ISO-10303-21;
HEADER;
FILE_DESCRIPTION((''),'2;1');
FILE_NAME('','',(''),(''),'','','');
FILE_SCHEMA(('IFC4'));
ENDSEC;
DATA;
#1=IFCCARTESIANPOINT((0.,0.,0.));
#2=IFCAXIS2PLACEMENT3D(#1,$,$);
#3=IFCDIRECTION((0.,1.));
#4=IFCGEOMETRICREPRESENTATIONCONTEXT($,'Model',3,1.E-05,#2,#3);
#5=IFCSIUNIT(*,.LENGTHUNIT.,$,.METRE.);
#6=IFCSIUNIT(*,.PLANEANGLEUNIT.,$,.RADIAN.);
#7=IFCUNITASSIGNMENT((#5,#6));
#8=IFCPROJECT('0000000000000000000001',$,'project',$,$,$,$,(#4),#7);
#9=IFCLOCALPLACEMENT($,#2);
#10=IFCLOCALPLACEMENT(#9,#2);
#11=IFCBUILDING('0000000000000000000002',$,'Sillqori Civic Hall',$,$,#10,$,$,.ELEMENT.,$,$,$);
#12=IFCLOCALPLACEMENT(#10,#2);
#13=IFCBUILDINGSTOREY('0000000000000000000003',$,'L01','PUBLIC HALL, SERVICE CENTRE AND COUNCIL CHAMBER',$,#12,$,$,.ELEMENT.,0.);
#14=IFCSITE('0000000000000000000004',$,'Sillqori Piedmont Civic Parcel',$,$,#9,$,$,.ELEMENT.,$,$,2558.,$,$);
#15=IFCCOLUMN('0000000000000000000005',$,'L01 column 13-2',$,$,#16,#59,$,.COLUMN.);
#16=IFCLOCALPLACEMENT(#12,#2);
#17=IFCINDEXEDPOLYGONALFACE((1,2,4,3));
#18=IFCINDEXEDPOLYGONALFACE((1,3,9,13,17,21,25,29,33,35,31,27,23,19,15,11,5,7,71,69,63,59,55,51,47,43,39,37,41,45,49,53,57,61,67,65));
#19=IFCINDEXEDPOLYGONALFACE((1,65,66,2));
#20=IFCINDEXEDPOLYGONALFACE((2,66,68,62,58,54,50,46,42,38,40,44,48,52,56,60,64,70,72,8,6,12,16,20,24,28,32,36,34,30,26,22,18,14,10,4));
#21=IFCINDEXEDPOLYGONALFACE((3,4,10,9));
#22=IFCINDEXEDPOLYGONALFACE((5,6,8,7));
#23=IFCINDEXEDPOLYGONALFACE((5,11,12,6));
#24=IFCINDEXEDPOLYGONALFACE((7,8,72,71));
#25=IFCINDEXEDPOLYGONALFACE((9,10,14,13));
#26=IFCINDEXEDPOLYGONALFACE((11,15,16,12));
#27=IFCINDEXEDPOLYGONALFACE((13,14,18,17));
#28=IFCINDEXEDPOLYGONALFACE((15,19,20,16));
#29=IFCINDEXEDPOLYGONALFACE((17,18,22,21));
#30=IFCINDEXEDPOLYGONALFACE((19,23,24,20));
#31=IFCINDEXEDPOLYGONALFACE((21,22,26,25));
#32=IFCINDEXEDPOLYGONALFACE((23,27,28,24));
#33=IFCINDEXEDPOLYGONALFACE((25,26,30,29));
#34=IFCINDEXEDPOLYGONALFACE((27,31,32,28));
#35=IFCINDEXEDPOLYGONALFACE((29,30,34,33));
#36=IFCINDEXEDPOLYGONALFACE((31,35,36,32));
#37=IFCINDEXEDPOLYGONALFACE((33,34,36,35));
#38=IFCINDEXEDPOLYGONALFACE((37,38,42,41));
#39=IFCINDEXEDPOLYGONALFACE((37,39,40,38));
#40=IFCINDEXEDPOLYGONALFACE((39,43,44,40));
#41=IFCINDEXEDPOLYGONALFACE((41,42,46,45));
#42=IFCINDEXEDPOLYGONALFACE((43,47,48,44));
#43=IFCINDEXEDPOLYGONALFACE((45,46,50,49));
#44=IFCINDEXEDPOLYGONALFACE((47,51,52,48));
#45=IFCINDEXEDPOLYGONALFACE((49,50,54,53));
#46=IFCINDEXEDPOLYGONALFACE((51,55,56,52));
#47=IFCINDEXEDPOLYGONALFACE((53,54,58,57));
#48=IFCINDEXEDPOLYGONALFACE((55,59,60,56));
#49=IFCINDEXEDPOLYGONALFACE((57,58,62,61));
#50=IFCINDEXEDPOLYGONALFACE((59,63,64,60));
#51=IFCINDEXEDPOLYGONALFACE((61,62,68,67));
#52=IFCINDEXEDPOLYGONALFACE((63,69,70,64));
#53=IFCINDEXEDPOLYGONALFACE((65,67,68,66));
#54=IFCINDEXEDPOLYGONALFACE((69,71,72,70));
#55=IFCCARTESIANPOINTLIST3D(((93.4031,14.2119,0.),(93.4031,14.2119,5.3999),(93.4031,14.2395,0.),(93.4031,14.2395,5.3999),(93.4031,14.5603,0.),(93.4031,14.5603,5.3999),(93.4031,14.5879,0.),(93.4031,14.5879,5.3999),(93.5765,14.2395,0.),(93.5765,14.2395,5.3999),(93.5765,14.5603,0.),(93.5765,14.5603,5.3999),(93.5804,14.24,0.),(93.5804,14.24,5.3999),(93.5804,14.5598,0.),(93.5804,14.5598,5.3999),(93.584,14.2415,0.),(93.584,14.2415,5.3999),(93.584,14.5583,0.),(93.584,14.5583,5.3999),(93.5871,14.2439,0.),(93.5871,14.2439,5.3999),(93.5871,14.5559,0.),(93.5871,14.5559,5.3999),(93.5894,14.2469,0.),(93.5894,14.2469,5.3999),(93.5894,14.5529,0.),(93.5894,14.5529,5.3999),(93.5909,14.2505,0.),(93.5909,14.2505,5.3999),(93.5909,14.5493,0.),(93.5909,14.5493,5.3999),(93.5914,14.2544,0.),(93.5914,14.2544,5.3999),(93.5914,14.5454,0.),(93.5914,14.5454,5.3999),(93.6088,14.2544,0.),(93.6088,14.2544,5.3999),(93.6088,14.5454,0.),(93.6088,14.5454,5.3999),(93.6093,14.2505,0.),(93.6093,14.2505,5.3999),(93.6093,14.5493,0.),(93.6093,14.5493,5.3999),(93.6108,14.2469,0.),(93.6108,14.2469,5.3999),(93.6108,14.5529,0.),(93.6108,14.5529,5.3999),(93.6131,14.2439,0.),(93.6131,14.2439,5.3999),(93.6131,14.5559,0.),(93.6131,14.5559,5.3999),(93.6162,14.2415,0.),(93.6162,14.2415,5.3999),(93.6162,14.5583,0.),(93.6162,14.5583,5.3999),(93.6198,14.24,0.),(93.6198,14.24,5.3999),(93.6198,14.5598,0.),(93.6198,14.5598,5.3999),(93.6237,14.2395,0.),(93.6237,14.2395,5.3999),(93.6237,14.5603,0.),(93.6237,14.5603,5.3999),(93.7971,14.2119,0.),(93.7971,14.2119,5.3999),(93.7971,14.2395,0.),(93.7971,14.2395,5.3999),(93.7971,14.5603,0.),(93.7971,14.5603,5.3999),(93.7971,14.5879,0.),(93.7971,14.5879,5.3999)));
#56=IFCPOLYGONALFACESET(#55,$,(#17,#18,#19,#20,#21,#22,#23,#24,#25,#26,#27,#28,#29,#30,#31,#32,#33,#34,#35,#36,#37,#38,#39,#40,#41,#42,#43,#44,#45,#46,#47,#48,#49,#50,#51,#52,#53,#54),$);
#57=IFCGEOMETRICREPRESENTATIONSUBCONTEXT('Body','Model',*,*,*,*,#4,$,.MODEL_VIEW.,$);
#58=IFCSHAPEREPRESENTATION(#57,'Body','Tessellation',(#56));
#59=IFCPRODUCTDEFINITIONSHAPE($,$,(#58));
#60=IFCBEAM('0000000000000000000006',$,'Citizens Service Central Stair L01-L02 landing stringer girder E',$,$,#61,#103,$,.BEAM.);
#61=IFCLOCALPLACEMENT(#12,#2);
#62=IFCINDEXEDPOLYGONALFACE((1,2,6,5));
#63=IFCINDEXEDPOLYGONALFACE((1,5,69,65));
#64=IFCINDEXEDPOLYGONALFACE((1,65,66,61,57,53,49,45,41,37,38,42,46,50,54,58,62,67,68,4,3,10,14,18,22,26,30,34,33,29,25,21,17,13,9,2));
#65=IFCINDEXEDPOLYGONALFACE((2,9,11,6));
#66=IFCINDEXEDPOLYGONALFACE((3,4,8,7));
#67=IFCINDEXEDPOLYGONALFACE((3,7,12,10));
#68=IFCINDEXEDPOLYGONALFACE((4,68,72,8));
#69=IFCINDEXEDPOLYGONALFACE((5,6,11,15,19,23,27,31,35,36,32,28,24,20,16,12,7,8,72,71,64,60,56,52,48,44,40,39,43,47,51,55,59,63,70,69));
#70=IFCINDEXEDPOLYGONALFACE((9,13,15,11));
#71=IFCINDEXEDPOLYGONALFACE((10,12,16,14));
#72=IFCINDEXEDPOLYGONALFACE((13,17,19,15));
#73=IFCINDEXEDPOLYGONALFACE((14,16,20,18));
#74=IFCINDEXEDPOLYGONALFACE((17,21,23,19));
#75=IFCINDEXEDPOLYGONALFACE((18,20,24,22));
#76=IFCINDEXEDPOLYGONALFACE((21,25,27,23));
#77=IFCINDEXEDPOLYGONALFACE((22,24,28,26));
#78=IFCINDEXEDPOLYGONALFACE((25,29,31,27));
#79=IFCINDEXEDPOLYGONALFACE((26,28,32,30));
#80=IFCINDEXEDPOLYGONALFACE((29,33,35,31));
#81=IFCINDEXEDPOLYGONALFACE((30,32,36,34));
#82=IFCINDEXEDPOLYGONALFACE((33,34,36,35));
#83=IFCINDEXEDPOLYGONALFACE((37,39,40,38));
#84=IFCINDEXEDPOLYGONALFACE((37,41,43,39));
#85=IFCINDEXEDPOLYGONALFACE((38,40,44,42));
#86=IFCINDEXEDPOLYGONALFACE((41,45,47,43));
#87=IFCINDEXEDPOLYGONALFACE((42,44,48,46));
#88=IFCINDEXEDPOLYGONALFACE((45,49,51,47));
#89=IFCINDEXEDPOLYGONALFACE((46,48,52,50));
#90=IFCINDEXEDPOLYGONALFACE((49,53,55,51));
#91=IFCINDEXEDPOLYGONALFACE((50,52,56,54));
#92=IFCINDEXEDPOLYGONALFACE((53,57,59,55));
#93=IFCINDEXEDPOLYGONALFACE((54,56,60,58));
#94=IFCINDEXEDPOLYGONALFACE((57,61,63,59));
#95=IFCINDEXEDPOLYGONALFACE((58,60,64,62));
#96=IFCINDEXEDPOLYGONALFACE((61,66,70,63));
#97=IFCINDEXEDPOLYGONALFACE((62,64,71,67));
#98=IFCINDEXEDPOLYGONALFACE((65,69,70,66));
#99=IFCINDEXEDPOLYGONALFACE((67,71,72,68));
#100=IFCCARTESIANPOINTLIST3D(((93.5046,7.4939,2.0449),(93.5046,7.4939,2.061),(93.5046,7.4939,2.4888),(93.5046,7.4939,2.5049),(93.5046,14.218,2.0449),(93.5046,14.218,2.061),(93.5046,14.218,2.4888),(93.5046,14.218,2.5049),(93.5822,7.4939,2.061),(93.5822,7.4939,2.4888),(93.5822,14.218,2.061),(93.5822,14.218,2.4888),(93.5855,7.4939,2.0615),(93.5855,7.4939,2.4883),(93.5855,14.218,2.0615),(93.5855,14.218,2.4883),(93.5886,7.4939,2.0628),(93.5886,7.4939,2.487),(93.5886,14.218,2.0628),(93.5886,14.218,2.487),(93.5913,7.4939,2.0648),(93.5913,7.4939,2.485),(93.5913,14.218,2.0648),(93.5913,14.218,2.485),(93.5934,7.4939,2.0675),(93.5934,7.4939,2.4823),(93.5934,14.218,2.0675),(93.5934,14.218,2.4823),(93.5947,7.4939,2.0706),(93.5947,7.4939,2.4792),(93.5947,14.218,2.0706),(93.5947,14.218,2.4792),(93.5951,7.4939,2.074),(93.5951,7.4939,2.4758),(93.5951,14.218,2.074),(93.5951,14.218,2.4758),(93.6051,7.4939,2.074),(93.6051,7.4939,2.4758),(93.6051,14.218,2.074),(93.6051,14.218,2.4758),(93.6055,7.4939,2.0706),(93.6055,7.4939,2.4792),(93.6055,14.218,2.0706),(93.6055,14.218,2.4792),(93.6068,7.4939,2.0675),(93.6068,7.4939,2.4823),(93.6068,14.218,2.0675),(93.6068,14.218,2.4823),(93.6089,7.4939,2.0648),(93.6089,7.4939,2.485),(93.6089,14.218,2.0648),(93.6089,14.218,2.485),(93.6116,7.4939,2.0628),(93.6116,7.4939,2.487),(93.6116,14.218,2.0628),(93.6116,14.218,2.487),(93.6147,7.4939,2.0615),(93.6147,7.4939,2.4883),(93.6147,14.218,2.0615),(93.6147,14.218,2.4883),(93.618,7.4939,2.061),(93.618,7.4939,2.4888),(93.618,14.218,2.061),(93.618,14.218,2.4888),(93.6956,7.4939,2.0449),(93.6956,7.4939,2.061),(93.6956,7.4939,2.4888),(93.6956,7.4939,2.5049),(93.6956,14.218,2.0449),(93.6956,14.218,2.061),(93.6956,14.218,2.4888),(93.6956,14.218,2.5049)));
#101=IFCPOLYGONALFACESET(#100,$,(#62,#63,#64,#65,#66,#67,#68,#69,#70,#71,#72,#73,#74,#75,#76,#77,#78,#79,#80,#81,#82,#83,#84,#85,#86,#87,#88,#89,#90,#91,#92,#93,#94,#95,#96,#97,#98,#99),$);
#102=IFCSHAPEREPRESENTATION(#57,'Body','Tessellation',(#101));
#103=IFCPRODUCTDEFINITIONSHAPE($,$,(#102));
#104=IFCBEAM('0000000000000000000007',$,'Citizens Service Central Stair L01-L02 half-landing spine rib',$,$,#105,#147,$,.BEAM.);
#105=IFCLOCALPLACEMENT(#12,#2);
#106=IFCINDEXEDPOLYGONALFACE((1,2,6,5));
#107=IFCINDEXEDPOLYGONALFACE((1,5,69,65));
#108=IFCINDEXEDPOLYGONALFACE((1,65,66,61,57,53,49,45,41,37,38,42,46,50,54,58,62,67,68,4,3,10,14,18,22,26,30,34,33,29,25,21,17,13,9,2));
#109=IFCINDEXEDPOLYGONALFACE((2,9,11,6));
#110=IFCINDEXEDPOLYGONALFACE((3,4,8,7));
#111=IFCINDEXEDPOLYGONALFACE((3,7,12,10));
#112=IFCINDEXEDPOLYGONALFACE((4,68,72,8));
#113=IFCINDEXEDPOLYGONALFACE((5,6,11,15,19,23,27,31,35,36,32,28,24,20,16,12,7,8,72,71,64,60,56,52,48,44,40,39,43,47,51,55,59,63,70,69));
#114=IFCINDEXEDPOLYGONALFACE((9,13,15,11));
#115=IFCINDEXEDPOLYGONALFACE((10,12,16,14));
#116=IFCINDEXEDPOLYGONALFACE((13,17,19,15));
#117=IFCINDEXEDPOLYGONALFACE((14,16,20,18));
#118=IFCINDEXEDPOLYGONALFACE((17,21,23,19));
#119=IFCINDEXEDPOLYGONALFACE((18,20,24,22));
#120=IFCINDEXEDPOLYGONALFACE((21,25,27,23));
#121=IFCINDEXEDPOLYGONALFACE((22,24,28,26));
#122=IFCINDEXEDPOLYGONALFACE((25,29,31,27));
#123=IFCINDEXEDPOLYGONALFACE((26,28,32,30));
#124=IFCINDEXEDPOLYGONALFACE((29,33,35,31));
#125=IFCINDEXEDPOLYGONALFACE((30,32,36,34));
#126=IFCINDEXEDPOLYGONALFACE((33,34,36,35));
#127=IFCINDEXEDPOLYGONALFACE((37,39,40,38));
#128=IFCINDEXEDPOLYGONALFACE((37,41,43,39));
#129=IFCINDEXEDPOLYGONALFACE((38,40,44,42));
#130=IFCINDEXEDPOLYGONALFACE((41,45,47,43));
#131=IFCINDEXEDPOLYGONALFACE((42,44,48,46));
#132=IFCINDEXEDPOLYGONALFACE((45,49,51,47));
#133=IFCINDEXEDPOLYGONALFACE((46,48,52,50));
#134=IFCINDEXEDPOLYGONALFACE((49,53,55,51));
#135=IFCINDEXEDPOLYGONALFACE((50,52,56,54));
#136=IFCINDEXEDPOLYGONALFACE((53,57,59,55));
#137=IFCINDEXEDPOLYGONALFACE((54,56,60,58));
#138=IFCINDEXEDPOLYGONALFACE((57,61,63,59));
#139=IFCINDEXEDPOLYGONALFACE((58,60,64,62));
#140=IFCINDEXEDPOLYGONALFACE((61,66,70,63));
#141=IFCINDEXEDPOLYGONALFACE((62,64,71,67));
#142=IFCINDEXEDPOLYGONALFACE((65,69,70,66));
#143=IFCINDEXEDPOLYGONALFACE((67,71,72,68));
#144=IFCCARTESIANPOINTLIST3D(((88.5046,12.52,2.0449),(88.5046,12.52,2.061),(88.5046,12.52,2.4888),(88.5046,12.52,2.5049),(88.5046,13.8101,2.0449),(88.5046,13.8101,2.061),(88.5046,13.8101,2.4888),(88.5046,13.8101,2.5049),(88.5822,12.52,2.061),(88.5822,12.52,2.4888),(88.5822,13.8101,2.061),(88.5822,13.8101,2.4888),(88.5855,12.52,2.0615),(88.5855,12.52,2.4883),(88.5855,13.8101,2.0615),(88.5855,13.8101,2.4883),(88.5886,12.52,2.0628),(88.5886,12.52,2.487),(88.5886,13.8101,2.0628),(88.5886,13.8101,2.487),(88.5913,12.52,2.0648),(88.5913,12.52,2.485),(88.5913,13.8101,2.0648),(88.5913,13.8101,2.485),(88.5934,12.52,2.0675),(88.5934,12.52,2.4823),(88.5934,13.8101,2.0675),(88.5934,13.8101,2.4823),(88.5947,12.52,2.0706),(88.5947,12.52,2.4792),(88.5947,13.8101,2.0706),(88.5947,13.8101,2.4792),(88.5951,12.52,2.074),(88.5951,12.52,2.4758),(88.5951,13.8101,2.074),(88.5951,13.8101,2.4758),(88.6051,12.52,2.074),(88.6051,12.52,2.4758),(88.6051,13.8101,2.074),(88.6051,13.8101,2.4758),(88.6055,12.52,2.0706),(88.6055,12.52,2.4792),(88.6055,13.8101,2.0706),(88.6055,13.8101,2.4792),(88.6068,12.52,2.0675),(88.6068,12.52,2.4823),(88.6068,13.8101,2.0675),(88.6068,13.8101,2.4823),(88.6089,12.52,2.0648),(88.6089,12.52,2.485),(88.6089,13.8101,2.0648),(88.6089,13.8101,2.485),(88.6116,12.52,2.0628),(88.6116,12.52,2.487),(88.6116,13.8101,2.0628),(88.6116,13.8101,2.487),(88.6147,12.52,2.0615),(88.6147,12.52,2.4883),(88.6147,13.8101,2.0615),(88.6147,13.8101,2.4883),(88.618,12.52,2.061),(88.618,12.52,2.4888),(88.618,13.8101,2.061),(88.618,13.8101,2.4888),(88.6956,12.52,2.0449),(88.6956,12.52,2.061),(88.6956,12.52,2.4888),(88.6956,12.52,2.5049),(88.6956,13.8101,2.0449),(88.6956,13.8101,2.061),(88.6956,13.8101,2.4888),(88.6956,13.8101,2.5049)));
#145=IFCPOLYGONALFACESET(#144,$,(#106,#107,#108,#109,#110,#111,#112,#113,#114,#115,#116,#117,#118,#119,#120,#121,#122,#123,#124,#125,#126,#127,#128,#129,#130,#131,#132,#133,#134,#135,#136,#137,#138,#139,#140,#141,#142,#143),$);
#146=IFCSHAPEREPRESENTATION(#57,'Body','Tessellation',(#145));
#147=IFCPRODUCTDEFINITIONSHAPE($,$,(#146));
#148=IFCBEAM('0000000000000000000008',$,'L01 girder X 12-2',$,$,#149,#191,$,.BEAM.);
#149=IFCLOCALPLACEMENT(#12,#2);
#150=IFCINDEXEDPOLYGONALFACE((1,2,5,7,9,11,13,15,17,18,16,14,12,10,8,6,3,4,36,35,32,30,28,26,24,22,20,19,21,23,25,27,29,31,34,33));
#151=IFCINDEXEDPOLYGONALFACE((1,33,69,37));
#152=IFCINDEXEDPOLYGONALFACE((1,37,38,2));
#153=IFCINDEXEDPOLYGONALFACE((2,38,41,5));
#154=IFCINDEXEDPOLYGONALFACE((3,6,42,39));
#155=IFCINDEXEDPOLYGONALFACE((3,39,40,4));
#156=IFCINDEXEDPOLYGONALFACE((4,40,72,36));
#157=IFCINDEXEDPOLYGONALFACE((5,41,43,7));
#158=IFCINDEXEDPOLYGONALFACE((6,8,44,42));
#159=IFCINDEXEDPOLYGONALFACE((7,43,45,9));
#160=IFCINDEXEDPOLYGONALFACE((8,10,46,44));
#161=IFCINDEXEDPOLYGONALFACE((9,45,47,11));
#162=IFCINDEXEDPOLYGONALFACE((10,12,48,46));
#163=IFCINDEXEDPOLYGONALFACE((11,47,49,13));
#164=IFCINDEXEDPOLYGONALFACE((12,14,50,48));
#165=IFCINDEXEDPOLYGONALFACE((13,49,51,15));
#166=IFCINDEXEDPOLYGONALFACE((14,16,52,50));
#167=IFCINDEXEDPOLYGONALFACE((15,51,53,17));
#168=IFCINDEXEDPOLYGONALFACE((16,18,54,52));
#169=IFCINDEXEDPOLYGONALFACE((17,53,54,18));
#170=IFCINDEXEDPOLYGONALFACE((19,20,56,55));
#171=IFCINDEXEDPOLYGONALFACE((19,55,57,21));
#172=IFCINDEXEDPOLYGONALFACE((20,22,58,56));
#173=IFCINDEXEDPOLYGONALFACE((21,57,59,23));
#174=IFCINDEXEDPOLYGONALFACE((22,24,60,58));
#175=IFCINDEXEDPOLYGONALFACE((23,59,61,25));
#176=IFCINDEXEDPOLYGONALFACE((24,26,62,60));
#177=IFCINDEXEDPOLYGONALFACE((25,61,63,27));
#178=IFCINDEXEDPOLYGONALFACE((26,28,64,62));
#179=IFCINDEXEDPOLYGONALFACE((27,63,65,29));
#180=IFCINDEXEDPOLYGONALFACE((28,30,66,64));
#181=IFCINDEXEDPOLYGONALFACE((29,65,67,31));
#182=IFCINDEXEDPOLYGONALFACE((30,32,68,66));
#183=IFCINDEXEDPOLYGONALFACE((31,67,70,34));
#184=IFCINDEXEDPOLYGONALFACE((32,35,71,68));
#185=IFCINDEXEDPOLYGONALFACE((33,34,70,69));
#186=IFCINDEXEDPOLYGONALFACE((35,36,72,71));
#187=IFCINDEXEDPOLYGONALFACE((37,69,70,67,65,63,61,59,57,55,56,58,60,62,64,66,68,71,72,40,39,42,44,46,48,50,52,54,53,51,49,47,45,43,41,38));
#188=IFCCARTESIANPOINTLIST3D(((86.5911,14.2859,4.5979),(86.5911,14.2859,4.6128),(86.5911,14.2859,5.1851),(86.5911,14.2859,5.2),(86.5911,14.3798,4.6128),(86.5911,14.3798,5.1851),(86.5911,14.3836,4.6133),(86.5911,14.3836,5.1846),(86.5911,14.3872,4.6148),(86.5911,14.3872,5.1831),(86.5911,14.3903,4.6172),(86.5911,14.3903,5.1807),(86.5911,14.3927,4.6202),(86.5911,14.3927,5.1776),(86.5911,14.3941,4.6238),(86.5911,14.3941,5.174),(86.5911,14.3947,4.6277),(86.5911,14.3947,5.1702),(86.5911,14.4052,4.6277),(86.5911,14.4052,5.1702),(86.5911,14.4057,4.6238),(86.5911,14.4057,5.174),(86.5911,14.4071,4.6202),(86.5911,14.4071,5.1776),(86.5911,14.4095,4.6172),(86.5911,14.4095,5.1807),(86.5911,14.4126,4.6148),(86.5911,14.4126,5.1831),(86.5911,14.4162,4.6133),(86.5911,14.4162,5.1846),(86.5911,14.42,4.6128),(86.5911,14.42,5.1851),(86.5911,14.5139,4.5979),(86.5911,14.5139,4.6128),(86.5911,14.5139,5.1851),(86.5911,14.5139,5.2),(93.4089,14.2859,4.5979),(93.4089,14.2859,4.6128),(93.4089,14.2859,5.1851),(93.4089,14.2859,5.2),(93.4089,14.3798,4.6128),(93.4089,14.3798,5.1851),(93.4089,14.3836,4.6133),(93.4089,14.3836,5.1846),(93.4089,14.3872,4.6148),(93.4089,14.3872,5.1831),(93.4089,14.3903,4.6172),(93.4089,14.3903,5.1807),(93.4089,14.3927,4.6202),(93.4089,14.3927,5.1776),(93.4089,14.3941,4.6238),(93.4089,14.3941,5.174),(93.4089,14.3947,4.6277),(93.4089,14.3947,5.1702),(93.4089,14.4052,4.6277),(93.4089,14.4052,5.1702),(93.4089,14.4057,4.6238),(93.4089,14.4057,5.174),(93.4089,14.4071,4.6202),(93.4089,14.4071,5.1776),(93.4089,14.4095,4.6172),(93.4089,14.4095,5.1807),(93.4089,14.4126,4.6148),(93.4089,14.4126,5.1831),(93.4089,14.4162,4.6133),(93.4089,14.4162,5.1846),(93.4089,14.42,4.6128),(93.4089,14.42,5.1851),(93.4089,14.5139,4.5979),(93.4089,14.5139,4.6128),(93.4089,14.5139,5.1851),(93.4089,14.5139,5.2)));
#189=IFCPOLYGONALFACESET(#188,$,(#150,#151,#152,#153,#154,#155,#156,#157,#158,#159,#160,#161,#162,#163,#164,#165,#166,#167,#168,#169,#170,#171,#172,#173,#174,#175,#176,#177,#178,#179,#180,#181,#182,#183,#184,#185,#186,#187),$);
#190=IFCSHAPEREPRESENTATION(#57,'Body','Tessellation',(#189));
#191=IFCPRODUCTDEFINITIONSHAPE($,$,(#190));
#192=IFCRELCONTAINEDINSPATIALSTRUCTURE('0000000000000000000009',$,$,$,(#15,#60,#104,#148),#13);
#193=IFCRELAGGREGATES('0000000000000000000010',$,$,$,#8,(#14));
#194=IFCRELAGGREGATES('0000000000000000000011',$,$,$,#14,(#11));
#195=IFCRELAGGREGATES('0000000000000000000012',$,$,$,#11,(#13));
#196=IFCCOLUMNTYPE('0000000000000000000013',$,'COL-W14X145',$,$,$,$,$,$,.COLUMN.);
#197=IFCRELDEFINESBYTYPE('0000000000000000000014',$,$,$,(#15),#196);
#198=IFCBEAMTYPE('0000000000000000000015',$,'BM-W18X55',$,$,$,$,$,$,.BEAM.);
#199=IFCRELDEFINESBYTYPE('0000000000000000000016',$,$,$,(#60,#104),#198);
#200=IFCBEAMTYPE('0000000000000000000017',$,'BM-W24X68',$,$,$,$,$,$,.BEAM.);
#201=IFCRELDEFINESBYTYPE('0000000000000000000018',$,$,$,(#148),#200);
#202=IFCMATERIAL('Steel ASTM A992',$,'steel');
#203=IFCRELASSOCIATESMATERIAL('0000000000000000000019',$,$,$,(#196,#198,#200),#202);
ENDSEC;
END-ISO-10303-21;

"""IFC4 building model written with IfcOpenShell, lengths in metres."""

from ifc_helpers import new_model, si_unit, direction, frame, origin, origin_2d, place, context, subcontext, project, spatial, i_section, extrude, material, material_profile, profile_set, type_object, element, save


model = new_model("IFC4")

# Units and contexts
model_context = context("Model", 3, precision=1e-05, world=origin(), true_north=direction((0.0, 1.0)))
body_context = subcontext(model_context, "Body", "Model", "MODEL_VIEW")
ifc_project = project(units=[si_unit("LENGTHUNIT", "METRE"), si_unit("PLANEANGLEUNIT", "RADIAN")], contexts=[model_context])

# Site, building, storey
site_placement = place(None, origin())
site = spatial("IfcSite", under=ifc_project, at=site_placement, Name="Sillqori Piedmont Civic Parcel", CompositionType="ELEMENT", RefElevation=2558.0)
building_placement = place(site_placement, origin())
building = spatial("IfcBuilding", under=site, at=building_placement, Name="Sillqori Civic Hall", CompositionType="ELEMENT")
storey_placement = place(building_placement, origin())
storey = spatial("IfcBuildingStorey", under=building, at=storey_placement, Name="L01", Description="PUBLIC HALL, SERVICE CENTRE AND COUNCIL CHAMBER", CompositionType="ELEMENT", Elevation=0.0)

# Column
ifc_material_1 = material(Name="Steel ASTM A992", Category="steel")
ifc_material_profile_1 = material_profile(ifc_material_1, i_section(OverallWidth=0.394, OverallDepth=0.376, WebThickness=0.0173, FlangeThickness=0.0276, FilletRadius=0.0149, at=origin_2d()), Name="W14X145")
ifc_profile_set_1 = profile_set([ifc_material_profile_1], Name="Steel ASTM A992")
column_type = type_object("IfcColumnType", Name="COL-W14X145", PredefinedType="COLUMN", material=ifc_profile_set_1)
column_placement = place(storey_placement, frame((93.6001, 14.3999, 0.0), z_axis=(0.0, 0.0, 1.0), x_axis=(1.0, 0.0, 0.0)))
element("IfcColumn", 1, at=column_placement, inside=storey, type_object=column_type, Name="L01 column 13-2", PredefinedType="COLUMN", context=body_context, shape_type="SweptSolid", body=[
    extrude(i_section(OverallWidth=0.394, OverallDepth=0.376, WebThickness=0.0173, FlangeThickness=0.0276, FilletRadius=0.0149, at=origin_2d()), origin(), (0.0, 0.0, 1.0), 5.3999),
])

# Beams
ifc_material_profile_2 = material_profile(ifc_material_1, i_section(OverallWidth=0.1909, OverallDepth=0.46, WebThickness=0.01, FlangeThickness=0.0161, FilletRadius=0.0129, at=origin_2d()), Name="W18X55")
ifc_profile_set_2 = profile_set([ifc_material_profile_2], Name="Steel ASTM A992")
beam_type_1 = type_object("IfcBeamType", Name="BM-W18X55", PredefinedType="BEAM", material=ifc_profile_set_2)
beam_1_placement = place(storey_placement, frame((93.6001, 7.4939, 2.2749), z_axis=(0.0, 1.0, 0.0), x_axis=(-1.0, 0.0, 0.0)))
element("IfcBeam", 2, at=beam_1_placement, inside=storey, type_object=beam_type_1, Name="Citizens Service Central Stair L01-L02 landing stringer girder E", PredefinedType="BEAM", context=body_context, shape_type="SweptSolid", body=[
    extrude(i_section(OverallWidth=0.1909, OverallDepth=0.46, WebThickness=0.01, FlangeThickness=0.0161, FilletRadius=0.0129, at=origin_2d()), origin(), (0.0, 0.0, 1.0), 6.7241),
])
beam_2_placement = place(storey_placement, frame((88.6001, 12.52, 2.2749), z_axis=(0.0, 1.0, 0.0), x_axis=(-1.0, 0.0, 0.0)))
element("IfcBeam", 3, at=beam_2_placement, inside=storey, type_object=beam_type_1, Name="Citizens Service Central Stair L01-L02 half-landing spine rib", PredefinedType="BEAM", context=body_context, shape_type="SweptSolid", body=[
    extrude(i_section(OverallWidth=0.1909, OverallDepth=0.46, WebThickness=0.01, FlangeThickness=0.0161, FilletRadius=0.0129, at=origin_2d()), origin(), (0.0, 0.0, 1.0), 1.29),
])
ifc_material_profile_3 = material_profile(ifc_material_1, i_section(OverallWidth=0.228, OverallDepth=0.6021, WebThickness=0.0105, FlangeThickness=0.0149, FilletRadius=0.0149, at=origin_2d()), Name="W24X68")
ifc_profile_set_3 = profile_set([ifc_material_profile_3], Name="Steel ASTM A992")
beam_type_2 = type_object("IfcBeamType", Name="BM-W24X68", PredefinedType="BEAM", material=ifc_profile_set_3)
for number, where, z_axis, x_axis, name in (
    (4, (86.5911, 14.3999, 4.8989), (1.0, 0.0, 0.0), (0.0, 1.0, 0.0), "L01 girder X 12-2"),
):
    element("IfcBeam", number, at=place(storey_placement, frame(where, z_axis=z_axis, x_axis=x_axis)), inside=storey, type_object=beam_type_2, Name=name, PredefinedType="BEAM", context=body_context, shape_type="SweptSolid", body=[
        extrude(i_section(OverallWidth=0.228, OverallDepth=0.6021, WebThickness=0.0105, FlangeThickness=0.0149, FilletRadius=0.0149, at=origin_2d()), origin(), (0.0, 0.0, 1.0), 6.8179),
    ])

save(model, "model.ifc")
